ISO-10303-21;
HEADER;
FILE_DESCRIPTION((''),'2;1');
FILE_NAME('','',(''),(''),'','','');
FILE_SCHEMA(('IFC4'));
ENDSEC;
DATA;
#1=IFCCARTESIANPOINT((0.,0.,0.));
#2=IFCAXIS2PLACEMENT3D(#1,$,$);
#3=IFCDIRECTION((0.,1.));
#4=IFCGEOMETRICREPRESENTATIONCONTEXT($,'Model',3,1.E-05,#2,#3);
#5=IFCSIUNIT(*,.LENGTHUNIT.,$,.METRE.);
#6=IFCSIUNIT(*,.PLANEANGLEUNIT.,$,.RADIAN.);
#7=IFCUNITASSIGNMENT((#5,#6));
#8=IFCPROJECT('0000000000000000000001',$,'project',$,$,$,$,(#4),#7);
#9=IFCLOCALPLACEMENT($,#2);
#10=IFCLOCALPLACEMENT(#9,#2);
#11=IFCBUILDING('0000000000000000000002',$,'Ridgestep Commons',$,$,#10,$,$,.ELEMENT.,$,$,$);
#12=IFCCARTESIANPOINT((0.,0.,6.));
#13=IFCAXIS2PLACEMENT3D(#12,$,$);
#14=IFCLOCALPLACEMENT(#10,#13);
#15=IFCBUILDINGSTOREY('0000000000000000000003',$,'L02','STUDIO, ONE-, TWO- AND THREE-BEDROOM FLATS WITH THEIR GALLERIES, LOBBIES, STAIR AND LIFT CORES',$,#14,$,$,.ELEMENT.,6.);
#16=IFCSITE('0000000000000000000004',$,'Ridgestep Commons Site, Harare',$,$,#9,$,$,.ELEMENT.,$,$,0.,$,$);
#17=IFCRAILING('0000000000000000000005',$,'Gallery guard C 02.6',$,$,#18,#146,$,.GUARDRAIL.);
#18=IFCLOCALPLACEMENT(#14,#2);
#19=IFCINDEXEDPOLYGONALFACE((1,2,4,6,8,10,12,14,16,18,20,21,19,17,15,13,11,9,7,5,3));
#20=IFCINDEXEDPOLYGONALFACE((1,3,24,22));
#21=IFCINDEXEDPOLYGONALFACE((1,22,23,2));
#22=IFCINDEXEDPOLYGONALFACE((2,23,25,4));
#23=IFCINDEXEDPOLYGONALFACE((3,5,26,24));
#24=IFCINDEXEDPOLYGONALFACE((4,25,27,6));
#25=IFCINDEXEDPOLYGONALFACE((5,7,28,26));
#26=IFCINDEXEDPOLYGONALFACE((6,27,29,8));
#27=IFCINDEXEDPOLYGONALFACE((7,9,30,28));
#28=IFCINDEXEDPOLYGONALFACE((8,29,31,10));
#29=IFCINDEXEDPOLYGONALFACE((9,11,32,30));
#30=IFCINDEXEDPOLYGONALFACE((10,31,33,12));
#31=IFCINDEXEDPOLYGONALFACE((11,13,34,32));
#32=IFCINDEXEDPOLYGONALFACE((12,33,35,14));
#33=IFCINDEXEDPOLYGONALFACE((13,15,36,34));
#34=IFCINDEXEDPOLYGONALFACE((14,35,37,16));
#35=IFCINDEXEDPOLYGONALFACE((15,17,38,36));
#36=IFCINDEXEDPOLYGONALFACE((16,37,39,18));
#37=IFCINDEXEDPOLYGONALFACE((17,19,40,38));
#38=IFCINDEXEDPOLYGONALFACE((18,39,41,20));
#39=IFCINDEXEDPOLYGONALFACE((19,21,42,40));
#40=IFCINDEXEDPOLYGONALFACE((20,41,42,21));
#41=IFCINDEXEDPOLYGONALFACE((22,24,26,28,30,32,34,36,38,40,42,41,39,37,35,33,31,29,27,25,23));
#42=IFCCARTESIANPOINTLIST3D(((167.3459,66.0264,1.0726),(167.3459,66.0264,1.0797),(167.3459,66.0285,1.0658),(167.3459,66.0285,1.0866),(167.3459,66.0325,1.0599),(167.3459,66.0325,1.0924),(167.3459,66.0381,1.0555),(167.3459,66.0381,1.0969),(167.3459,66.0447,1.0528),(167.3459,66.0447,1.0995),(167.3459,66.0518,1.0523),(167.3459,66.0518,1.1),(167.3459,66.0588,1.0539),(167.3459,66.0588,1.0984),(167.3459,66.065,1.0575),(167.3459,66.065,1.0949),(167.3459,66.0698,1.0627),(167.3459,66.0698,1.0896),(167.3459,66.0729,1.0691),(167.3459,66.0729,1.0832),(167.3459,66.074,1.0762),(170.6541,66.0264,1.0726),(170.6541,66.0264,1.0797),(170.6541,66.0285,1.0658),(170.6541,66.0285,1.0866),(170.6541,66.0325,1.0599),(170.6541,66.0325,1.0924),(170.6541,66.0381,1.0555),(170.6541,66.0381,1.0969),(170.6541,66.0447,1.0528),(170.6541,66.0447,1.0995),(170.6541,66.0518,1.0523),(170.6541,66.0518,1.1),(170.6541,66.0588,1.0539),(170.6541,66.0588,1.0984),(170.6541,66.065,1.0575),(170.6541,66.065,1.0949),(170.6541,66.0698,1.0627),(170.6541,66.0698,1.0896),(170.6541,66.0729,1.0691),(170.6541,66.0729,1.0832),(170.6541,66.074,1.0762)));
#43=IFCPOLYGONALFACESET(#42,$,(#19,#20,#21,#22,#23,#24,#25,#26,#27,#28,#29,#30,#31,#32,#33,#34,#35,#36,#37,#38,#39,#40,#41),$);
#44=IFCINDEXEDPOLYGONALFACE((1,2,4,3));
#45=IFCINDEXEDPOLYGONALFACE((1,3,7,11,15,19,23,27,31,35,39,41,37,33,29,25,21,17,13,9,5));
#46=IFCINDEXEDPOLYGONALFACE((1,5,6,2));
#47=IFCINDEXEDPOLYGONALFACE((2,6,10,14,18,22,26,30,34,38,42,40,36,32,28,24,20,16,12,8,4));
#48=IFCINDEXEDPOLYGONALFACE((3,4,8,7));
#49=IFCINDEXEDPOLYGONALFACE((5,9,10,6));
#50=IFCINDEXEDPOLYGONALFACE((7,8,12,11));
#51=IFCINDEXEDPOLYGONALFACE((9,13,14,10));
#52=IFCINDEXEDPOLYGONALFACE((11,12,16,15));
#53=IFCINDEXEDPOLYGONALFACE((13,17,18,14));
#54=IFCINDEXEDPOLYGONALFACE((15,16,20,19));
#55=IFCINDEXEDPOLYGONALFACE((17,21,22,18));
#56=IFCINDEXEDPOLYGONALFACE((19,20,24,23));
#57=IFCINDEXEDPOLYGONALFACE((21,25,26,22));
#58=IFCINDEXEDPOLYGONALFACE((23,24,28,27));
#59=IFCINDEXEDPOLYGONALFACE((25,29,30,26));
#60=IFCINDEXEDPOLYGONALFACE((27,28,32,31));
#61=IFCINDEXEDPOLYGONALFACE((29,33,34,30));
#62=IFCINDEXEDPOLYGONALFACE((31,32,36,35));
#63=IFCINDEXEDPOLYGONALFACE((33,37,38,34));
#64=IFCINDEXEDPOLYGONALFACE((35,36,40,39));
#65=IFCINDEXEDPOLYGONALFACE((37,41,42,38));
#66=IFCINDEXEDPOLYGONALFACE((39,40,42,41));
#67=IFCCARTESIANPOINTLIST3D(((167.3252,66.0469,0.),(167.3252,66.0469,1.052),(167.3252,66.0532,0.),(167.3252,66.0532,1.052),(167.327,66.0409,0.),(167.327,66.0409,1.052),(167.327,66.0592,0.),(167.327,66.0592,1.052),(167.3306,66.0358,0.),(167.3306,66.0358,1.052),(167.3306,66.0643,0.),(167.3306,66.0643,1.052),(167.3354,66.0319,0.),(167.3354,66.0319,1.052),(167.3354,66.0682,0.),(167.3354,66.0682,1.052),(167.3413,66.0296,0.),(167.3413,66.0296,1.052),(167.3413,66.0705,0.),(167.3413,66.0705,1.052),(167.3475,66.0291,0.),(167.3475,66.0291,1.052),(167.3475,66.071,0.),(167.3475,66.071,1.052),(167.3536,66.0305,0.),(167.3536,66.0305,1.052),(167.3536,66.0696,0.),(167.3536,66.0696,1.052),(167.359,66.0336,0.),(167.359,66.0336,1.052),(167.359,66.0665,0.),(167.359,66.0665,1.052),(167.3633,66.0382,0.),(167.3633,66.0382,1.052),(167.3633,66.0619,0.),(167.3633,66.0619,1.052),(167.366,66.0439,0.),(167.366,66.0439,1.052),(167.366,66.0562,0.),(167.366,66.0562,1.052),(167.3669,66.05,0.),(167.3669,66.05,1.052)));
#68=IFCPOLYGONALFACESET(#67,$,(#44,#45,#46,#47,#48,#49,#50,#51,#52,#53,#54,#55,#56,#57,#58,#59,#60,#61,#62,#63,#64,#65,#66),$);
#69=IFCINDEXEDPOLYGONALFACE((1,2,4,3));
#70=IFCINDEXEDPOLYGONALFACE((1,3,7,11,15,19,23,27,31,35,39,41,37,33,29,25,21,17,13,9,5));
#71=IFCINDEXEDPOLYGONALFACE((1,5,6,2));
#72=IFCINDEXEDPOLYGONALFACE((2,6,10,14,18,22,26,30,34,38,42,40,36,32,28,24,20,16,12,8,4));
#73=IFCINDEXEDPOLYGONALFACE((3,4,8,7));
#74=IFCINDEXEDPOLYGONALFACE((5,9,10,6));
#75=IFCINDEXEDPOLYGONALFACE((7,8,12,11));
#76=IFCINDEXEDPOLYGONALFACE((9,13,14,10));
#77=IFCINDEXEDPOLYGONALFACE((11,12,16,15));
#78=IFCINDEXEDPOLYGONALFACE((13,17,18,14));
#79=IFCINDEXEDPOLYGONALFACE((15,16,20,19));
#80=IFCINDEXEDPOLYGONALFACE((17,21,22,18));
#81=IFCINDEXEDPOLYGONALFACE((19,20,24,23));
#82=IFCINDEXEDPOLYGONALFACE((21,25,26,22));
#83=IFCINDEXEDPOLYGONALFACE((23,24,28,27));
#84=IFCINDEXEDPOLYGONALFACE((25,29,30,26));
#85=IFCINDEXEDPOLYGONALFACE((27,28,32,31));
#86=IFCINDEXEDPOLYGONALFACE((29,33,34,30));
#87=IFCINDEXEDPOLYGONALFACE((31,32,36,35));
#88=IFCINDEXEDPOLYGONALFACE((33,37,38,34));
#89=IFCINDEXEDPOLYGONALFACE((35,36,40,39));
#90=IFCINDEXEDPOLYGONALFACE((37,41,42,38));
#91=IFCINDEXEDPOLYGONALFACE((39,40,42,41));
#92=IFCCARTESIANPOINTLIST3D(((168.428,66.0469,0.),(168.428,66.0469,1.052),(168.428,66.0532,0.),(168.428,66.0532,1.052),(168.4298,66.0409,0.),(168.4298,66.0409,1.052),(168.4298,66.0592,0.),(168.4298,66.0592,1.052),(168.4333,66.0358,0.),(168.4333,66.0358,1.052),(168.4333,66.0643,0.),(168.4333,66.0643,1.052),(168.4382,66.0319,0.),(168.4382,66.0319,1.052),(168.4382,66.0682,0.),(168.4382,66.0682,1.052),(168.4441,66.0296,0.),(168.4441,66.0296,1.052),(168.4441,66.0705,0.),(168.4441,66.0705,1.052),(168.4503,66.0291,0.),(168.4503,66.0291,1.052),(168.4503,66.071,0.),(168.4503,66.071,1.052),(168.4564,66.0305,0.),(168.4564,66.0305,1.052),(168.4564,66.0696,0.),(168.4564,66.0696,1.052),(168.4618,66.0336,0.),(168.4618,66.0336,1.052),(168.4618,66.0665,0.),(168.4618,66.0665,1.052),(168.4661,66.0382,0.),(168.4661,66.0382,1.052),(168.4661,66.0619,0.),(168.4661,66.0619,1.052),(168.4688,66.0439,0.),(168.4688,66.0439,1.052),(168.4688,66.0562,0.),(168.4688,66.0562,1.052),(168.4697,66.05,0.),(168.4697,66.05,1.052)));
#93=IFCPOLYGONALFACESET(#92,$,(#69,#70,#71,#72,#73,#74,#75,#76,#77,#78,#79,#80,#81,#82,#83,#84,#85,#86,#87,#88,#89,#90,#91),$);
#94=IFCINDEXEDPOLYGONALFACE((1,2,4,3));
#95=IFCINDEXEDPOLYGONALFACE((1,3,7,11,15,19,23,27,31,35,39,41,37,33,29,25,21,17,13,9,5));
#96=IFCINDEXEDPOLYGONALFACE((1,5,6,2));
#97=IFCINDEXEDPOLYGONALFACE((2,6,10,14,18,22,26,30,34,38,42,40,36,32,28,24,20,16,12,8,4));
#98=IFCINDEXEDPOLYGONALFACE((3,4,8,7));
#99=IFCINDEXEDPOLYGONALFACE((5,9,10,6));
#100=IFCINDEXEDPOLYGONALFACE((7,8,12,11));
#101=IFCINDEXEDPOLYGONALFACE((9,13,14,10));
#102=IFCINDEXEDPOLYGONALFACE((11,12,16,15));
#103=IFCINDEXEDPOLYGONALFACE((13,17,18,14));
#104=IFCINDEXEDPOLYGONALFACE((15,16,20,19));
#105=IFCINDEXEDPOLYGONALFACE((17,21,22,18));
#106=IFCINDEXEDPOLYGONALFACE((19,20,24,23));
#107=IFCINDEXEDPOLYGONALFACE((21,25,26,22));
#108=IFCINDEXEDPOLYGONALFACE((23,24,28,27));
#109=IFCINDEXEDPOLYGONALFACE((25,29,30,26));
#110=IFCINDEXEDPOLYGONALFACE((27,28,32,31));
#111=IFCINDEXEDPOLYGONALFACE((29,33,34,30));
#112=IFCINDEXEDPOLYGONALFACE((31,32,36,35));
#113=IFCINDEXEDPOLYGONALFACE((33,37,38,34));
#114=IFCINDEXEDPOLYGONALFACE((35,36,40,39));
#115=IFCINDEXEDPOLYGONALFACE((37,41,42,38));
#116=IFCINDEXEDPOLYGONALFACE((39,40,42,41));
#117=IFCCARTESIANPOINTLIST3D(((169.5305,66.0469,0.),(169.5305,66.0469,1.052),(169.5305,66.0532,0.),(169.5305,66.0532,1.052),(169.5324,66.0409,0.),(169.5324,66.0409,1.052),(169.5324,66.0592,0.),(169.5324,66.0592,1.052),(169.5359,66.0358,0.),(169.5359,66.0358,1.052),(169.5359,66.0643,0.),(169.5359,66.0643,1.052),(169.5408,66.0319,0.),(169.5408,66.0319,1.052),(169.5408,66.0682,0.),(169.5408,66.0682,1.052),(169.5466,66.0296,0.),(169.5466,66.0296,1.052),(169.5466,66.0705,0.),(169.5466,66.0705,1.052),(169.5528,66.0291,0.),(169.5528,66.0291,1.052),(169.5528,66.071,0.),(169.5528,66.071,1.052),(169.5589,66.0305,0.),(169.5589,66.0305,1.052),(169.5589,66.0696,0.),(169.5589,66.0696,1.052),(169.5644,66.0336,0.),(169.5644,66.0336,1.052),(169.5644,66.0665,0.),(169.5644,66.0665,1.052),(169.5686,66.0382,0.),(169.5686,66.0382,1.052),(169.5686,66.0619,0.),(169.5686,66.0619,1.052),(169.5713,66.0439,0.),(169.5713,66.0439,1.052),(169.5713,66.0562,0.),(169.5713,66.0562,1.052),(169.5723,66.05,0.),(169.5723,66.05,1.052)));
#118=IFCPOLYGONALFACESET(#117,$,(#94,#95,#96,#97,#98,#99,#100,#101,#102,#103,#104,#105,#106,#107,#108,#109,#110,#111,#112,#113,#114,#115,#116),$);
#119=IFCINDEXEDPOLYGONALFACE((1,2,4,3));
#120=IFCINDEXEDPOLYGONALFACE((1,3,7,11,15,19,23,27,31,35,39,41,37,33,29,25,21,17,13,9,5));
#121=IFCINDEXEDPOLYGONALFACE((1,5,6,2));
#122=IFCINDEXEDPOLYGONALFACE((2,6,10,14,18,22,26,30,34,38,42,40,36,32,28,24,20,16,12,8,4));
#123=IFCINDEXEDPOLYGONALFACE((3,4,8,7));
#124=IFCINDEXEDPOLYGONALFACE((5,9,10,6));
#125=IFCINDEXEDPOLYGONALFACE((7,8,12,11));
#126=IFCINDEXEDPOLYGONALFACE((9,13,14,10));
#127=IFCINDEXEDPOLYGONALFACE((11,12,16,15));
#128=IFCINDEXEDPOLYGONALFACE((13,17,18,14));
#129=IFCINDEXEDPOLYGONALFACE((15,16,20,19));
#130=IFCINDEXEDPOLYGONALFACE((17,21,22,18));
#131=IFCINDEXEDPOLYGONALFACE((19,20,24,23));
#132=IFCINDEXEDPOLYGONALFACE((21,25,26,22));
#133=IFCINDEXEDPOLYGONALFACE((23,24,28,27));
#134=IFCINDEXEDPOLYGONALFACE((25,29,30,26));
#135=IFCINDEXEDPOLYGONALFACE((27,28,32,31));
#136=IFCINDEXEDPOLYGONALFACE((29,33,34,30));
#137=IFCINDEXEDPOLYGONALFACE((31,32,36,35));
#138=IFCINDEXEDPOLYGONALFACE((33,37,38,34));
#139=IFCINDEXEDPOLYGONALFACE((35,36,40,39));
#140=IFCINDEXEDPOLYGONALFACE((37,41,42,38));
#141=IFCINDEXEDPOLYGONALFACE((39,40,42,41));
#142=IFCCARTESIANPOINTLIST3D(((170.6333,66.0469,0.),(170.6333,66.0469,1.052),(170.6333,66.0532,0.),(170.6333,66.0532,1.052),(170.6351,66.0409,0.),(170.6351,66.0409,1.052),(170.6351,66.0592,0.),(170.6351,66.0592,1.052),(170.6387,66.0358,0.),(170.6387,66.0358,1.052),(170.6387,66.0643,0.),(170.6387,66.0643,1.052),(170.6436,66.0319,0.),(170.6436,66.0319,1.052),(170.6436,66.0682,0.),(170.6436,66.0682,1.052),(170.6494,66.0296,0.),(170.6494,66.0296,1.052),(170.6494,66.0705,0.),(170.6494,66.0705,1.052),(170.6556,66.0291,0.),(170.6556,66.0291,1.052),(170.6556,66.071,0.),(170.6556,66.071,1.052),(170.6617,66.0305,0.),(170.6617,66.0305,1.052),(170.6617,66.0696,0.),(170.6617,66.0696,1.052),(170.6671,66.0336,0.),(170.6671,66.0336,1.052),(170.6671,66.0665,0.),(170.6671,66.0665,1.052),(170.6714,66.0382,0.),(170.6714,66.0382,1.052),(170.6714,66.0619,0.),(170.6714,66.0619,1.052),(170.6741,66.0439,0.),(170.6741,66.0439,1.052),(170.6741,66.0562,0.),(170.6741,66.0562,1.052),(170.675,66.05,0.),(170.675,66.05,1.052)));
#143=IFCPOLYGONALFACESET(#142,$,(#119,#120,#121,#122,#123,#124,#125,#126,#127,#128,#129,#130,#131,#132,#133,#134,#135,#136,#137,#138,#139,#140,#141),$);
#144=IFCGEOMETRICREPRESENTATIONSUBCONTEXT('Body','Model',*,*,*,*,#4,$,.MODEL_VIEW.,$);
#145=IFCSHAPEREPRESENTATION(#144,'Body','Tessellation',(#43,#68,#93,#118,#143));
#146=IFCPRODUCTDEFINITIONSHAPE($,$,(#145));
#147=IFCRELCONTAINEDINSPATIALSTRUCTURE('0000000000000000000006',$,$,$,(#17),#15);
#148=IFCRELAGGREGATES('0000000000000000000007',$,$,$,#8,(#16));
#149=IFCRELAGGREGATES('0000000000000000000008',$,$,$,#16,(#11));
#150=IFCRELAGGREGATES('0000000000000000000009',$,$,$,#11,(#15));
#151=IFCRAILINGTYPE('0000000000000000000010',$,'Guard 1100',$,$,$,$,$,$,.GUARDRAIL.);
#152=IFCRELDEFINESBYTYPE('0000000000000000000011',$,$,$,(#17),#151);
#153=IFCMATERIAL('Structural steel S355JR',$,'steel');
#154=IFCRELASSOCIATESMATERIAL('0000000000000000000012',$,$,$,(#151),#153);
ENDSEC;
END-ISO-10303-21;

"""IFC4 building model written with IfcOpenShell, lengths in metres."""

from ifc_helpers import new_model, si_unit, direction, frame, origin, origin_2d, place, context, subcontext, project, spatial, circle, extrude, material, type_object, element, save


model = new_model("IFC4")

# Units and contexts
model_context = context("Model", 3, precision=1e-05, world=origin(), true_north=direction((0.0, 1.0)))
body_context = subcontext(model_context, "Body", "Model", "MODEL_VIEW")
ifc_project = project(units=[si_unit("LENGTHUNIT", "METRE"), si_unit("PLANEANGLEUNIT", "RADIAN")], contexts=[model_context])

# Site, building, storey
site_placement = place(None, origin())
site = spatial("IfcSite", under=ifc_project, at=site_placement, Name="Ridgestep Commons Site, Harare", CompositionType="ELEMENT", RefElevation=0.0)
building_placement = place(site_placement, origin())
building = spatial("IfcBuilding", under=site, at=building_placement, Name="Ridgestep Commons", CompositionType="ELEMENT")
storey_placement = place(building_placement, frame((0.0, 0.0, 6.0)))
storey = spatial("IfcBuildingStorey", under=building, at=storey_placement, Name="L02", Description="STUDIO, ONE-, TWO- AND THREE-BEDROOM FLATS WITH THEIR GALLERIES, LOBBIES, STAIR AND LIFT CORES", CompositionType="ELEMENT", Elevation=6.0)

# Railing
ifc_material_1 = material(Name="Structural steel S355JR", Category="steel")
railing_type = type_object("IfcRailingType", Name="Guard 1100", PredefinedType="GUARDRAIL", material=ifc_material_1)
railing_1_placement = place(storey_placement, frame((167.3459, 66.05, 0.0)))
element("IfcRailing", 1, at=railing_1_placement, inside=storey, type_object=railing_type, Name="Gallery guard C 02.6", PredefinedType="GUARDRAIL", context=body_context, shape_type="SweptSolid", body=[
    extrude(circle(Radius=0.0239, at=origin_2d()), frame((0.0, 0.0, 1.0762), z_axis=(1.0, 0.0, 0.0), x_axis=(0.0, 1.0, 0.0)), (0.0, 0.0, 1.0), 3.3081),
    extrude(circle(Radius=0.021, at=origin_2d()), origin(), (0.0, 0.0, 1.0), 1.052),
    extrude(circle(Radius=0.021, at=origin_2d()), frame((1.1028, 0.0, 0.0)), (0.0, 0.0, 1.0), 1.052),
    extrude(circle(Radius=0.021, at=origin_2d()), frame((2.2053, 0.0, 0.0)), (0.0, 0.0, 1.0), 1.052),
    extrude(circle(Radius=0.021, at=origin_2d()), frame((3.3081, 0.0, 0.0)), (0.0, 0.0, 1.0), 1.052),
])

save(model, "model.ifc")
